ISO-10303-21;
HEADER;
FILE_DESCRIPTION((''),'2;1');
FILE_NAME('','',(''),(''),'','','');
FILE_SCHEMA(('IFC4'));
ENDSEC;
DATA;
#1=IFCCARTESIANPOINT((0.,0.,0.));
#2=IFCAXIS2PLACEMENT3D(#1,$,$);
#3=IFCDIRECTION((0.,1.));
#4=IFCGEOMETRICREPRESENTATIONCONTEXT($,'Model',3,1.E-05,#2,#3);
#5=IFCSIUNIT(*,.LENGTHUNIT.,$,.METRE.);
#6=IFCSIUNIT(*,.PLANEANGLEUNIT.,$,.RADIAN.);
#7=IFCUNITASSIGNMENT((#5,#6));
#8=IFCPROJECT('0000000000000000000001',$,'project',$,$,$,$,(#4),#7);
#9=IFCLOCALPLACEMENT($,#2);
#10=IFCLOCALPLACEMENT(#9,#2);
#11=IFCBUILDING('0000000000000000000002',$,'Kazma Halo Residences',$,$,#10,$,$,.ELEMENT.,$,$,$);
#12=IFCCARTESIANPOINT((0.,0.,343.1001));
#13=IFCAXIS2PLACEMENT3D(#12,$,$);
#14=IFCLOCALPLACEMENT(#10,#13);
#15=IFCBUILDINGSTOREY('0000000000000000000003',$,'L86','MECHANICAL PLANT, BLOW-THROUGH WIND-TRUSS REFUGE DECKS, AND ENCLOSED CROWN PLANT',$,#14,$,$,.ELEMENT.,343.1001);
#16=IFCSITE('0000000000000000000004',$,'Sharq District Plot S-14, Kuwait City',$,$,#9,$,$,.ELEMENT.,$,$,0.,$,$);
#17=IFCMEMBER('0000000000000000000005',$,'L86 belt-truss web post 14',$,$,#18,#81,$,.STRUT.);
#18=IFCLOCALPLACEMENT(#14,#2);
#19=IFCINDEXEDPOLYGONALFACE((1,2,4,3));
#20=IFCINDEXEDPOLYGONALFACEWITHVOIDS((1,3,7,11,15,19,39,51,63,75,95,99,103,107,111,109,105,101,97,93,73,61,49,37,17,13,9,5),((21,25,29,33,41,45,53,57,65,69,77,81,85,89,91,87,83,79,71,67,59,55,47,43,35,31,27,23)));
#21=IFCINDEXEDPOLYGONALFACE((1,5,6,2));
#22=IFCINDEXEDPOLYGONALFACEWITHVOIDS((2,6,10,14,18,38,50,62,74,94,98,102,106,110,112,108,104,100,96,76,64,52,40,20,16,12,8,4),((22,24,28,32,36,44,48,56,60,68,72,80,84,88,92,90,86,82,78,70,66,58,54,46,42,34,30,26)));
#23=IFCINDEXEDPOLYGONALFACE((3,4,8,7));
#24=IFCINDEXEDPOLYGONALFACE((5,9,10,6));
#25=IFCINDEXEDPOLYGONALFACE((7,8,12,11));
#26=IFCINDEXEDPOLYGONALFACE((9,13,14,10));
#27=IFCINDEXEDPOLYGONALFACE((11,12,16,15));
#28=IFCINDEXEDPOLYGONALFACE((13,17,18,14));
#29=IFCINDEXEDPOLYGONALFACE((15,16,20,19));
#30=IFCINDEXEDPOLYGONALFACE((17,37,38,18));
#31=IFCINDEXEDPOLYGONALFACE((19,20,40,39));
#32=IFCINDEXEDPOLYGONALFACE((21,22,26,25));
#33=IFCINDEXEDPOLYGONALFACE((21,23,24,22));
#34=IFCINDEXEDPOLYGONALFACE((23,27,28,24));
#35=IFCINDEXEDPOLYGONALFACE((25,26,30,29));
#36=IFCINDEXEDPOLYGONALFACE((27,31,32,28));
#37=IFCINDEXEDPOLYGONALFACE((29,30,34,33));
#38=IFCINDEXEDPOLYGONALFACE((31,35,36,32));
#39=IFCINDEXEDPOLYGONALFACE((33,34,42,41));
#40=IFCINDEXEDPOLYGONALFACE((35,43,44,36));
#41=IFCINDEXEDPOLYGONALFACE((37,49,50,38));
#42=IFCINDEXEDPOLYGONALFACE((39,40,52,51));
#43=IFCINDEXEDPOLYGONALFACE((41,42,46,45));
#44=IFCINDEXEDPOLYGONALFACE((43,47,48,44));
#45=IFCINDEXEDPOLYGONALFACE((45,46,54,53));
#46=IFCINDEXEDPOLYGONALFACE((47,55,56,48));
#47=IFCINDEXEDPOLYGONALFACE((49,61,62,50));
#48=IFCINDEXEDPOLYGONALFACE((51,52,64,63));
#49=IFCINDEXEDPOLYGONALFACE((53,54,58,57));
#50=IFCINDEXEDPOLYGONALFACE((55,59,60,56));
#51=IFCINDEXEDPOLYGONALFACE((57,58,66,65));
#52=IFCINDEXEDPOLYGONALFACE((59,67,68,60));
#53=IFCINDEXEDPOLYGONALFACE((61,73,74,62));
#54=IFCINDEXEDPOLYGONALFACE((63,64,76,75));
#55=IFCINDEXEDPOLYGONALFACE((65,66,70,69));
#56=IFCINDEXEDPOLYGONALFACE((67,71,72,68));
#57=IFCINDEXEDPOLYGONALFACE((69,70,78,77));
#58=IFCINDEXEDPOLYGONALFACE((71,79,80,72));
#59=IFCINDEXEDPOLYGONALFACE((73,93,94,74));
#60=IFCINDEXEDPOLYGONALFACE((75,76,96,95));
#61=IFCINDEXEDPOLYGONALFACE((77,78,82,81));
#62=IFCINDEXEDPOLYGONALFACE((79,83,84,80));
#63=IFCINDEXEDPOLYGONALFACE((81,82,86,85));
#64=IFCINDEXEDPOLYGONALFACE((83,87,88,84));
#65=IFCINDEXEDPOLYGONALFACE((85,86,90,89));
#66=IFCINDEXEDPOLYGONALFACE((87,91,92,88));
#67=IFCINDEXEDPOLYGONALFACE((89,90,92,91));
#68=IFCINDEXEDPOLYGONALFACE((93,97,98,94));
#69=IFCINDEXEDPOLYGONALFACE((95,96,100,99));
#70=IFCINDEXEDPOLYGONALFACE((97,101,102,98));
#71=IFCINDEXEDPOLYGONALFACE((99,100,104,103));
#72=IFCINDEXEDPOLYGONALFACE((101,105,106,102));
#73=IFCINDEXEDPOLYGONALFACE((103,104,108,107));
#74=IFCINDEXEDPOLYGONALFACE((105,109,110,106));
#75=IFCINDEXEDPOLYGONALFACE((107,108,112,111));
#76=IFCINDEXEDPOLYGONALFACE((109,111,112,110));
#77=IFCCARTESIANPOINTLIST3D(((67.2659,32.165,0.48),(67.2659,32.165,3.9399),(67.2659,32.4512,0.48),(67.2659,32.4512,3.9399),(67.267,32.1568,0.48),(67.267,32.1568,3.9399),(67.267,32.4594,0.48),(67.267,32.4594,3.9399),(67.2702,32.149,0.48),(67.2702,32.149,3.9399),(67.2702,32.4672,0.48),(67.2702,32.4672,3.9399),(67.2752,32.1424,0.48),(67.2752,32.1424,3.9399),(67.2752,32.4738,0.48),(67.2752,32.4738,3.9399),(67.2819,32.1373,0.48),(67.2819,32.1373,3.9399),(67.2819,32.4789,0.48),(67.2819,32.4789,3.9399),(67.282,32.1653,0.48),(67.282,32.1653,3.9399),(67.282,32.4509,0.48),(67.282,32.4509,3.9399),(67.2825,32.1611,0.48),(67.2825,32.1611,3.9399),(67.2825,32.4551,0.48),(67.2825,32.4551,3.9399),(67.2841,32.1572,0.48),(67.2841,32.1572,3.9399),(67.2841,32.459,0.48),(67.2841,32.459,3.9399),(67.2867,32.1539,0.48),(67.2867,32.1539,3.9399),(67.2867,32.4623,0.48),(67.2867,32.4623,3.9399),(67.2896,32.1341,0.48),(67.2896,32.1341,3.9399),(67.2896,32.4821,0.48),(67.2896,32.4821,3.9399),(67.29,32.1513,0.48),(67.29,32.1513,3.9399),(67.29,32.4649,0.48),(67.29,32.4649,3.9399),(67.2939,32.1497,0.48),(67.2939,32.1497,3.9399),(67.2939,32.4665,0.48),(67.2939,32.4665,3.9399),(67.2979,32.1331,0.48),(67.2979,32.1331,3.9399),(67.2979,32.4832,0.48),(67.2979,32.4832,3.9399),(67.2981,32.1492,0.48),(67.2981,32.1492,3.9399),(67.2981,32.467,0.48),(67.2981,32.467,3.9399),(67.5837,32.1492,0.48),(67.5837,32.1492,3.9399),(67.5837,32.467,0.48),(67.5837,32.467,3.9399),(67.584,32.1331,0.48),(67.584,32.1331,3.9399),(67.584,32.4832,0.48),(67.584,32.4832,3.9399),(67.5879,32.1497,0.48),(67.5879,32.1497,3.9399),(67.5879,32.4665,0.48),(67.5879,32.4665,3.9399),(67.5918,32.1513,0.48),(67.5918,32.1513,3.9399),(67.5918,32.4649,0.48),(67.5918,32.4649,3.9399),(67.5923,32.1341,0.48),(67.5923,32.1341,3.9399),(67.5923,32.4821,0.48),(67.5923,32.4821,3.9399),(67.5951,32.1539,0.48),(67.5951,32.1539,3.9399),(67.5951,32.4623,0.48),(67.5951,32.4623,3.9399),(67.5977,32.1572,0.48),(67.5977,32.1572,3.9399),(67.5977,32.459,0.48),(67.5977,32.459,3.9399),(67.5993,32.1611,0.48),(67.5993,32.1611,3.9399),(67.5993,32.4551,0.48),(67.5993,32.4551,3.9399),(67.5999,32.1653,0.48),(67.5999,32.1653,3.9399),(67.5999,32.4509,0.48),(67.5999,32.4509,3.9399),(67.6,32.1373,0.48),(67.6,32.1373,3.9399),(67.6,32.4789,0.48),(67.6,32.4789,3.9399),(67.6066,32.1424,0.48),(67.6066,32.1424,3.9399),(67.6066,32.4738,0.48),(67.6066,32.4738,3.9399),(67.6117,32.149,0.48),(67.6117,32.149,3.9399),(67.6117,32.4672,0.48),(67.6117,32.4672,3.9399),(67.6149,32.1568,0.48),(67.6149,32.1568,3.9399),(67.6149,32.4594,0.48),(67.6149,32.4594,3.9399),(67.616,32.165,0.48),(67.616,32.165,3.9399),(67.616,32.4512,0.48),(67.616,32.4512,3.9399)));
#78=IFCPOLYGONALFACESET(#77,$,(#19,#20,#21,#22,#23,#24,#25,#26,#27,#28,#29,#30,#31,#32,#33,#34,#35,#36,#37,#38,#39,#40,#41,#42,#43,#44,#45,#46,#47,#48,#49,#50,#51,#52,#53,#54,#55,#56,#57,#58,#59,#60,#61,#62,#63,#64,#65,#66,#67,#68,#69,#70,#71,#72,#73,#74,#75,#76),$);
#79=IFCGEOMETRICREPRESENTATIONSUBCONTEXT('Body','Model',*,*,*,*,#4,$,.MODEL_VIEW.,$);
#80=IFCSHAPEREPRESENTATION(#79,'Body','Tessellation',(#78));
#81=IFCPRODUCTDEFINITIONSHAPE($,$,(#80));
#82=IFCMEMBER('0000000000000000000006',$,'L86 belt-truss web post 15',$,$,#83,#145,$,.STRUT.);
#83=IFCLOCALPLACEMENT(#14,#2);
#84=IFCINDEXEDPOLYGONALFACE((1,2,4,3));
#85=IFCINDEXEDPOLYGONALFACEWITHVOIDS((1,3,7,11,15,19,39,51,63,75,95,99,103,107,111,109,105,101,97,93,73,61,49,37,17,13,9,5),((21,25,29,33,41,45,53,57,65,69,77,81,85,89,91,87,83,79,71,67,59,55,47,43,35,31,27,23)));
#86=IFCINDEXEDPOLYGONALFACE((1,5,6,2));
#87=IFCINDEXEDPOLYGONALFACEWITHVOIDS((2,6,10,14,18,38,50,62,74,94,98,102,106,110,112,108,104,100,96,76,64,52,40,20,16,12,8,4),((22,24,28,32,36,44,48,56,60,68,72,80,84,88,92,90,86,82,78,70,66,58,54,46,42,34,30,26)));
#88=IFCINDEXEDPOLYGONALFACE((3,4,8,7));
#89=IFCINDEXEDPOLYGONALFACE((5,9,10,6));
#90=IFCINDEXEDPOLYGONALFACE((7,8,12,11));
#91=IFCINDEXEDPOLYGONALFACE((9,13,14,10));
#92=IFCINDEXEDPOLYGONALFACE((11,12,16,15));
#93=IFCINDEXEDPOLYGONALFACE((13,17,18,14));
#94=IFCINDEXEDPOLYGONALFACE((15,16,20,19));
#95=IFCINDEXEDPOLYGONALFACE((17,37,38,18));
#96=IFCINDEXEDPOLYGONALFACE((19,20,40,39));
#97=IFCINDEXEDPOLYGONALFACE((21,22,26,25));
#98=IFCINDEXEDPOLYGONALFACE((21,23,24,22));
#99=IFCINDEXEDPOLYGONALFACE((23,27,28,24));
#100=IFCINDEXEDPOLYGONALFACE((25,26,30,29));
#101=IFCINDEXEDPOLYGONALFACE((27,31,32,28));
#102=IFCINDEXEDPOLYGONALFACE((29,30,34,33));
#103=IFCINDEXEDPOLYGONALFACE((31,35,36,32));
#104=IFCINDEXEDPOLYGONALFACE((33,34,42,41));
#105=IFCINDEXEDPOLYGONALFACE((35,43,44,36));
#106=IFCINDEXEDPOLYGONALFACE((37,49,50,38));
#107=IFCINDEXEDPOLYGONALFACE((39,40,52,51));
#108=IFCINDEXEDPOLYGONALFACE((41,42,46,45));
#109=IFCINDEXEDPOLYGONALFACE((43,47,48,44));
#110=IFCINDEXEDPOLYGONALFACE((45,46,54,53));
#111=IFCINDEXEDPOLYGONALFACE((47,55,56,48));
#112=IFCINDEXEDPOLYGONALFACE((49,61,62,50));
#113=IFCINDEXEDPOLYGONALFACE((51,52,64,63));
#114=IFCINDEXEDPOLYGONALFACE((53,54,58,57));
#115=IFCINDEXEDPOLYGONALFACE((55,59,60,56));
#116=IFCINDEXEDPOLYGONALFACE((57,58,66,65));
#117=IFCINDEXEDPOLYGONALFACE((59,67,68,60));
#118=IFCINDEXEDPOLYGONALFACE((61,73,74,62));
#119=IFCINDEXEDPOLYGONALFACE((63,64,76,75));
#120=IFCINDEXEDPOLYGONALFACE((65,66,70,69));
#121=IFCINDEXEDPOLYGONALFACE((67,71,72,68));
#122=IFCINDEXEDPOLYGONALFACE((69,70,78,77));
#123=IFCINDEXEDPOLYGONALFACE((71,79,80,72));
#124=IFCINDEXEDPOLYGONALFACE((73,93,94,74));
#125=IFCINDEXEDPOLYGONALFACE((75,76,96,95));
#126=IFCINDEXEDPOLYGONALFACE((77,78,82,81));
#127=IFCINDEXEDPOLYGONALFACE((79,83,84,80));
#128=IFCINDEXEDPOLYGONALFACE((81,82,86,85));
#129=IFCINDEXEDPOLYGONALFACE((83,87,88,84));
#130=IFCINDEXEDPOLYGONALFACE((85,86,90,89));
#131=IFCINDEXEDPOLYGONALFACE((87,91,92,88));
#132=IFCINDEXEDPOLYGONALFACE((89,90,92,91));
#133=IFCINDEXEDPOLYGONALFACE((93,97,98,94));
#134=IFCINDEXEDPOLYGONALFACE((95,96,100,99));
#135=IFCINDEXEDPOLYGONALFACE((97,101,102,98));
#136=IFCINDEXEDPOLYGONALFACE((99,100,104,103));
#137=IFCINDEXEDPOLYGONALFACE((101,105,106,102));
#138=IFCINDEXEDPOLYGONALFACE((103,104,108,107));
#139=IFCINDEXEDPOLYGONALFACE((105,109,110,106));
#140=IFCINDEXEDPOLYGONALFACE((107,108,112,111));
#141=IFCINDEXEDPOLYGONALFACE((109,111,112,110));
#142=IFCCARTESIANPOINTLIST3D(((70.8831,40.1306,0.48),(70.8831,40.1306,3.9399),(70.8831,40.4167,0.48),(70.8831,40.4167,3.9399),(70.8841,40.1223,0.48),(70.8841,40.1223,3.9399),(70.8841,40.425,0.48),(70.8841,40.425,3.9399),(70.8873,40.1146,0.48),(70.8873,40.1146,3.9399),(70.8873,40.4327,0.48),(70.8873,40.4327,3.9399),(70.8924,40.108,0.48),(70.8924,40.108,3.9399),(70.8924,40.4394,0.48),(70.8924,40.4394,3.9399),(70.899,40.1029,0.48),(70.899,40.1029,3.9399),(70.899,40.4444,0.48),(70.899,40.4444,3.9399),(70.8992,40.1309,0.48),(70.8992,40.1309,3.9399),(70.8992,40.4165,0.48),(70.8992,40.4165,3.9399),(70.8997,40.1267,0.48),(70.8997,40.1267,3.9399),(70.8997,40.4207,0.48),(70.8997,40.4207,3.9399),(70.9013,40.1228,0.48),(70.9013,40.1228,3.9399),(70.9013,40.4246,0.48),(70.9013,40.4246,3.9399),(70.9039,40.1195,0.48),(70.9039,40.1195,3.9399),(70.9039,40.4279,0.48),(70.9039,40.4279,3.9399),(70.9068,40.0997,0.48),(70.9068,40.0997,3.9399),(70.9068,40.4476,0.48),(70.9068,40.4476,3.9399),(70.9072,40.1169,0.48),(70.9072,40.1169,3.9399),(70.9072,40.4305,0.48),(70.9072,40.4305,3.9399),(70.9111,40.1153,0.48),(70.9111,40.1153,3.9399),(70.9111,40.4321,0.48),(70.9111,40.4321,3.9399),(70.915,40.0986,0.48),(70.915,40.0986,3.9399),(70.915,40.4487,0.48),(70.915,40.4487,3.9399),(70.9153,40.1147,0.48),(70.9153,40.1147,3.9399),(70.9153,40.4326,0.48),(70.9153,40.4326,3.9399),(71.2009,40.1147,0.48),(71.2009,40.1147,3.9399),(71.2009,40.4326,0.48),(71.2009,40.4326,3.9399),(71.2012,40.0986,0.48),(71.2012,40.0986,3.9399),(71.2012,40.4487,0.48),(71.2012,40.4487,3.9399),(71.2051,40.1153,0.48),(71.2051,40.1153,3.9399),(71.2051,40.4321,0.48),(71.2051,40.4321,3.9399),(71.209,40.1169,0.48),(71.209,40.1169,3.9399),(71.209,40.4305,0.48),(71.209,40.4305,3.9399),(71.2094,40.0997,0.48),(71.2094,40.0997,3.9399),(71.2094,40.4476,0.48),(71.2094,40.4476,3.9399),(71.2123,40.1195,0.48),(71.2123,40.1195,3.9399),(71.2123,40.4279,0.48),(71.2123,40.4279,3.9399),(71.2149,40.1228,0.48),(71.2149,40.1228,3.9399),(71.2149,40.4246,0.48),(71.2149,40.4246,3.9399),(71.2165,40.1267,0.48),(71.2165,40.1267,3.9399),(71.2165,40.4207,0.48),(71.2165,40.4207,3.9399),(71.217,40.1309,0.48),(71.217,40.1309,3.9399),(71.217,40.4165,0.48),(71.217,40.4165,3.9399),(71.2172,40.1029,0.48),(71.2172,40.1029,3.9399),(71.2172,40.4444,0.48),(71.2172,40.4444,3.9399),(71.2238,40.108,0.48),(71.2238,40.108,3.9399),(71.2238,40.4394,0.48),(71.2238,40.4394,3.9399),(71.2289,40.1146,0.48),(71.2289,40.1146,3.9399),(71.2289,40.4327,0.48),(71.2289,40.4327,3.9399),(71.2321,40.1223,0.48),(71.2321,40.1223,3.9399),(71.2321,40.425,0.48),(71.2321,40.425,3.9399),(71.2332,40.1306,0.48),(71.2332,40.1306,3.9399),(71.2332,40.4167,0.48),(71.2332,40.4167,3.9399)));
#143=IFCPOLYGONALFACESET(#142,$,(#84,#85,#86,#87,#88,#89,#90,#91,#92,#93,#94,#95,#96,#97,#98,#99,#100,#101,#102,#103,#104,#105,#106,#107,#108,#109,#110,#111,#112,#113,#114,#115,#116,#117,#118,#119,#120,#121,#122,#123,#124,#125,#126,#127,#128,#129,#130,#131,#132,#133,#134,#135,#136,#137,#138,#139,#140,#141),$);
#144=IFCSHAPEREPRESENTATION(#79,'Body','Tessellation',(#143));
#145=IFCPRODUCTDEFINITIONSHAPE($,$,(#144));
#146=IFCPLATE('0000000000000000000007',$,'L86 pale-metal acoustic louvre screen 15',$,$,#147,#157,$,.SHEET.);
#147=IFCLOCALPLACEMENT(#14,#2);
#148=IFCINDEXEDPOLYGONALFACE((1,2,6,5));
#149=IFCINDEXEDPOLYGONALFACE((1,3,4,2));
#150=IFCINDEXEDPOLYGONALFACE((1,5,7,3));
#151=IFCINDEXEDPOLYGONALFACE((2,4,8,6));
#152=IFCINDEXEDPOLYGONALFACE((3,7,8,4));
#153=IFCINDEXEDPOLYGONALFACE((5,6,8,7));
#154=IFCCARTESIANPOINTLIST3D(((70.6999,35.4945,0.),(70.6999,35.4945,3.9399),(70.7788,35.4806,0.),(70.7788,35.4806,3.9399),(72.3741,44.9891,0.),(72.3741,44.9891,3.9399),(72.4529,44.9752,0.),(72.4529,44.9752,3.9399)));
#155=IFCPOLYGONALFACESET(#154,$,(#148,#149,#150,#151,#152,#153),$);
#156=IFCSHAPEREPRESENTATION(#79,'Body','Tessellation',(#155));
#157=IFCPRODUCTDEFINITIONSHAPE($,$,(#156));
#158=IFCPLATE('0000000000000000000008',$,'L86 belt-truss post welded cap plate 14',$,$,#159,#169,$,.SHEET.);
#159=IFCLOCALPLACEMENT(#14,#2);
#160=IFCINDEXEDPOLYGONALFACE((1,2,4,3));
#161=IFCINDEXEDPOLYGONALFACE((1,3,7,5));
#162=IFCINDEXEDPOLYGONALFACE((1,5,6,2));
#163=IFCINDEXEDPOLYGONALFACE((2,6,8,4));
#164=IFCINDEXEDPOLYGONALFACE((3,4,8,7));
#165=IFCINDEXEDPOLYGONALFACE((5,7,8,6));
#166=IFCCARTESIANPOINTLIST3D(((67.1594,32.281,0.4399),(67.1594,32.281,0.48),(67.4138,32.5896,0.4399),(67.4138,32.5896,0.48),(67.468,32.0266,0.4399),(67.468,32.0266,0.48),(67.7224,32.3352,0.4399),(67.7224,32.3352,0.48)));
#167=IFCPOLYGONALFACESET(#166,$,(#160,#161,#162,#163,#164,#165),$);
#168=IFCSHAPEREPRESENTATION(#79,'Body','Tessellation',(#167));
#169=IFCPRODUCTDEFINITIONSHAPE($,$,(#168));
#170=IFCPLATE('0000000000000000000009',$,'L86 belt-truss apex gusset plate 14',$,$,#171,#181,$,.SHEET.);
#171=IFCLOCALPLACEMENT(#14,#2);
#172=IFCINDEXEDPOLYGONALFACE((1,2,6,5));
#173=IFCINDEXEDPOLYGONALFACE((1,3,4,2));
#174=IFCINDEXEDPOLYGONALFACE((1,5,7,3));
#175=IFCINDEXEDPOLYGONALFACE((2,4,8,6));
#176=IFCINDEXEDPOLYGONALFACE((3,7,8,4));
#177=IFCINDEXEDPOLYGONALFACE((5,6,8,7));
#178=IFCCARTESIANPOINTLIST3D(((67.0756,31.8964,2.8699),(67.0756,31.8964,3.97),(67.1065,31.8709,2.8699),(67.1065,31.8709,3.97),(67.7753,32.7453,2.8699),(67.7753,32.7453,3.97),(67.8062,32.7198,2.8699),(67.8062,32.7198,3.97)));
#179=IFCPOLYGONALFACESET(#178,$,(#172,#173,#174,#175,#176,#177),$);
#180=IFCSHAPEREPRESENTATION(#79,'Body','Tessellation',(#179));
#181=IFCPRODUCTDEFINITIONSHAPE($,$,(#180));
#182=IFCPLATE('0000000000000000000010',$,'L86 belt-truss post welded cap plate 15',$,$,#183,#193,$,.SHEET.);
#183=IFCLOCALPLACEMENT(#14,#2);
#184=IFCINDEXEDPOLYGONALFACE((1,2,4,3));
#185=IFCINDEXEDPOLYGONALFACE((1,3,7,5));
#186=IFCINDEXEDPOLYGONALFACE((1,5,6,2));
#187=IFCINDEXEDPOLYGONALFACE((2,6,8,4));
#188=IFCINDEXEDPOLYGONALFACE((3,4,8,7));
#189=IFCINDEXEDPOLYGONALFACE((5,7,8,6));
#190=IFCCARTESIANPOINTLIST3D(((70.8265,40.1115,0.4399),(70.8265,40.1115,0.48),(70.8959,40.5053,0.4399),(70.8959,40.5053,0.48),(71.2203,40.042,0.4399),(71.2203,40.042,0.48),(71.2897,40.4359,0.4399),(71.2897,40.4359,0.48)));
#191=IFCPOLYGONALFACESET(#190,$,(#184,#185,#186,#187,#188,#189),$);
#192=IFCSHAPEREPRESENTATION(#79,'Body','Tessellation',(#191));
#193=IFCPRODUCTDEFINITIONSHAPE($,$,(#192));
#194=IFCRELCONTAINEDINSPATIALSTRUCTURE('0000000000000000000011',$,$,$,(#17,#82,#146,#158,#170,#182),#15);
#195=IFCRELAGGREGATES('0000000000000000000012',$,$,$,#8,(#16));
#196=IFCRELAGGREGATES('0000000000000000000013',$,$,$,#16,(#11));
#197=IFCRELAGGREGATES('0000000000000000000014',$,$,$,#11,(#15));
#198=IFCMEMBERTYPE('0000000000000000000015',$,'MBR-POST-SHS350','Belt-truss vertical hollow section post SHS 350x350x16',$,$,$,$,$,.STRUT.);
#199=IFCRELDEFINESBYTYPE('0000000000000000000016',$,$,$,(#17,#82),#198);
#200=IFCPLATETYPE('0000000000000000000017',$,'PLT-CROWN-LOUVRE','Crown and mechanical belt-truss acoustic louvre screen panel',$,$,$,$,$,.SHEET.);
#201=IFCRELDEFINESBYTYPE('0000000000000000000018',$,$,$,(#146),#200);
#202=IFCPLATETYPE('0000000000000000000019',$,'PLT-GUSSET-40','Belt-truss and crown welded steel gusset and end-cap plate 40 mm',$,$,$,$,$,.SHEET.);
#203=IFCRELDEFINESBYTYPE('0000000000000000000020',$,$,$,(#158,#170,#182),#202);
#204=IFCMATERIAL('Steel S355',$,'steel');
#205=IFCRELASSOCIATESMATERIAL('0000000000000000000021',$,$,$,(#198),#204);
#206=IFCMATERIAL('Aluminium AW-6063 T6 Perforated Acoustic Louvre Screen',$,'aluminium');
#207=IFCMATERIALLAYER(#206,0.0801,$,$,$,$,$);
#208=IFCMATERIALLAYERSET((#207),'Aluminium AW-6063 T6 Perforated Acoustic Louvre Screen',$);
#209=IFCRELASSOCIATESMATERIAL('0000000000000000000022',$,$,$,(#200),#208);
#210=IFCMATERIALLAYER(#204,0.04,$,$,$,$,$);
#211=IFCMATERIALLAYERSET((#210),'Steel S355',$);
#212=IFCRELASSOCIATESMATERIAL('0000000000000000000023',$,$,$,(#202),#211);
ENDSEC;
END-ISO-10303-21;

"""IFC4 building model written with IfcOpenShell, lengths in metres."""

from ifc_helpers import new_model, si_unit, direction, frame, origin, origin_2d, place, context, subcontext, project, spatial, rectangle, hollow_rectangle, extrude, material, layer, layer_set, material_profile, profile_set, type_object, element, save


model = new_model("IFC4")

# Units and contexts
model_context = context("Model", 3, precision=1e-05, world=origin(), true_north=direction((0.0, 1.0)))
body_context = subcontext(model_context, "Body", "Model", "MODEL_VIEW")
ifc_project = project(units=[si_unit("LENGTHUNIT", "METRE"), si_unit("PLANEANGLEUNIT", "RADIAN")], contexts=[model_context])

# Site, building, storey
site_placement = place(None, origin())
site = spatial("IfcSite", under=ifc_project, at=site_placement, Name="Sharq District Plot S-14, Kuwait City", CompositionType="ELEMENT", RefElevation=0.0)
building_placement = place(site_placement, origin())
building = spatial("IfcBuilding", under=site, at=building_placement, Name="Kazma Halo Residences", CompositionType="ELEMENT")
storey_placement = place(building_placement, frame((0.0, 0.0, 343.1001)))
storey = spatial("IfcBuildingStorey", under=building, at=storey_placement, Name="L86", Description="MECHANICAL PLANT, BLOW-THROUGH WIND-TRUSS REFUGE DECKS, AND ENCLOSED CROWN PLANT", CompositionType="ELEMENT", Elevation=343.1001)

# Shared definitions
ifc_material_1 = material(Name="Steel S355", Category="steel")

# Members
ifc_material_profile_1 = material_profile(ifc_material_1, hollow_rectangle(XDim=0.3501, YDim=0.3501, WallThickness=0.0161, InnerFilletRadius=0.0161, OuterFilletRadius=0.032, at=origin_2d()), Name="SHS350x350x16")
ifc_profile_set_1 = profile_set([ifc_material_profile_1], Name="Steel S355")
member_type_1 = type_object("IfcMemberType", Name="MBR-POST-SHS350", Description="Belt-truss vertical hollow section post SHS 350x350x16", PredefinedType="STRUT", material=ifc_profile_set_1)
for number, where, z_axis, x_axis, name in (
    (1, (67.4409, 32.3081, 0.48), (0.0, 0.0, 1.0), (1.0, 0.0, 0.0), "L86 belt-truss web post 14"),
    (2, (71.0581, 40.2737, 0.48), (0.0, 0.0, 1.0), (1.0, 0.0, 0.0), "L86 belt-truss web post 15"),
):
    element("IfcMember", number, at=place(storey_placement, frame(where, z_axis=z_axis, x_axis=x_axis)), inside=storey, type_object=member_type_1, Name=name, PredefinedType="STRUT", context=body_context, shape_type="SweptSolid", body=[
        extrude(hollow_rectangle(XDim=0.3501, YDim=0.3501, WallThickness=0.0161, InnerFilletRadius=0.0161, OuterFilletRadius=0.032, at=origin_2d()), origin(), (0.0, 0.0, 1.0), 3.46),
    ])

# Plates
ifc_material_2 = material(Name="Aluminium AW-6063 T6 Perforated Acoustic Louvre Screen", Category="aluminium")
ifc_layer_1 = layer(ifc_material_2, 0.0801)
ifc_layer_set_1 = layer_set([ifc_layer_1], Name="Aluminium AW-6063 T6 Perforated Acoustic Louvre Screen")
plate_type_1 = type_object("IfcPlateType", Name="PLT-CROWN-LOUVRE", Description="Crown and mechanical belt-truss acoustic louvre screen panel", PredefinedType="SHEET", material=ifc_layer_set_1)
plate_1_placement = place(storey_placement, frame((71.5764, 40.2349, 0.0), z_axis=(0.0, 0.0, 1.0), x_axis=(0.173646, 0.984808, 0.0)))
element("IfcPlate", 3, at=plate_1_placement, inside=storey, type_object=plate_type_1, Name="L86 pale-metal acoustic louvre screen 15", PredefinedType="SHEET", context=body_context, shape_type="SweptSolid", body=[
    extrude(rectangle(XDim=9.6411, YDim=0.0801, at=origin_2d()), origin(), (0.0, 0.0, 1.0), 3.9399),
])
ifc_layer_2 = layer(ifc_material_1, 0.04)
ifc_layer_set_2 = layer_set([ifc_layer_2], Name="Steel S355")
plate_type_2 = type_object("IfcPlateType", Name="PLT-GUSSET-40", Description="Belt-truss and crown welded steel gusset and end-cap plate 40 mm", PredefinedType="SHEET", material=ifc_layer_set_2)
plate_2_placement = place(storey_placement, frame((67.4409, 32.3081, 0.4399), z_axis=(0.0, 0.0, 1.0), x_axis=(0.636007, 0.771684, 0.0)))
element("IfcPlate", 4, at=plate_2_placement, inside=storey, type_object=plate_type_2, Name="L86 belt-truss post welded cap plate 14", PredefinedType="SHEET", context=body_context, shape_type="SweptSolid", body=[
    extrude(rectangle(XDim=0.3999, YDim=0.3999, at=origin_2d()), origin(), (0.0, 0.0, 1.0), 0.04),
])
plate_3_placement = place(storey_placement, frame((67.4409, 32.3081, 2.8699), z_axis=(0.0, 0.0, 1.0), x_axis=(0.636007, 0.771684, 0.0)))
element("IfcPlate", 5, at=plate_3_placement, inside=storey, type_object=plate_type_2, Name="L86 belt-truss apex gusset plate 14", PredefinedType="SHEET", context=body_context, shape_type="SweptSolid", body=[
    extrude(rectangle(XDim=1.1001, YDim=0.04, at=origin_2d()), origin(), (0.0, 0.0, 1.0), 1.1001),
])
plate_4_placement = place(storey_placement, frame((71.0581, 40.2737, 0.4399), z_axis=(0.0, 0.0, 1.0), x_axis=(0.173646, 0.984808, 0.0)))
element("IfcPlate", 6, at=plate_4_placement, inside=storey, type_object=plate_type_2, Name="L86 belt-truss post welded cap plate 15", PredefinedType="SHEET", context=body_context, shape_type="SweptSolid", body=[
    extrude(rectangle(XDim=0.3999, YDim=0.3999, at=origin_2d()), origin(), (0.0, 0.0, 1.0), 0.04),
])

save(model, "model.ifc")
